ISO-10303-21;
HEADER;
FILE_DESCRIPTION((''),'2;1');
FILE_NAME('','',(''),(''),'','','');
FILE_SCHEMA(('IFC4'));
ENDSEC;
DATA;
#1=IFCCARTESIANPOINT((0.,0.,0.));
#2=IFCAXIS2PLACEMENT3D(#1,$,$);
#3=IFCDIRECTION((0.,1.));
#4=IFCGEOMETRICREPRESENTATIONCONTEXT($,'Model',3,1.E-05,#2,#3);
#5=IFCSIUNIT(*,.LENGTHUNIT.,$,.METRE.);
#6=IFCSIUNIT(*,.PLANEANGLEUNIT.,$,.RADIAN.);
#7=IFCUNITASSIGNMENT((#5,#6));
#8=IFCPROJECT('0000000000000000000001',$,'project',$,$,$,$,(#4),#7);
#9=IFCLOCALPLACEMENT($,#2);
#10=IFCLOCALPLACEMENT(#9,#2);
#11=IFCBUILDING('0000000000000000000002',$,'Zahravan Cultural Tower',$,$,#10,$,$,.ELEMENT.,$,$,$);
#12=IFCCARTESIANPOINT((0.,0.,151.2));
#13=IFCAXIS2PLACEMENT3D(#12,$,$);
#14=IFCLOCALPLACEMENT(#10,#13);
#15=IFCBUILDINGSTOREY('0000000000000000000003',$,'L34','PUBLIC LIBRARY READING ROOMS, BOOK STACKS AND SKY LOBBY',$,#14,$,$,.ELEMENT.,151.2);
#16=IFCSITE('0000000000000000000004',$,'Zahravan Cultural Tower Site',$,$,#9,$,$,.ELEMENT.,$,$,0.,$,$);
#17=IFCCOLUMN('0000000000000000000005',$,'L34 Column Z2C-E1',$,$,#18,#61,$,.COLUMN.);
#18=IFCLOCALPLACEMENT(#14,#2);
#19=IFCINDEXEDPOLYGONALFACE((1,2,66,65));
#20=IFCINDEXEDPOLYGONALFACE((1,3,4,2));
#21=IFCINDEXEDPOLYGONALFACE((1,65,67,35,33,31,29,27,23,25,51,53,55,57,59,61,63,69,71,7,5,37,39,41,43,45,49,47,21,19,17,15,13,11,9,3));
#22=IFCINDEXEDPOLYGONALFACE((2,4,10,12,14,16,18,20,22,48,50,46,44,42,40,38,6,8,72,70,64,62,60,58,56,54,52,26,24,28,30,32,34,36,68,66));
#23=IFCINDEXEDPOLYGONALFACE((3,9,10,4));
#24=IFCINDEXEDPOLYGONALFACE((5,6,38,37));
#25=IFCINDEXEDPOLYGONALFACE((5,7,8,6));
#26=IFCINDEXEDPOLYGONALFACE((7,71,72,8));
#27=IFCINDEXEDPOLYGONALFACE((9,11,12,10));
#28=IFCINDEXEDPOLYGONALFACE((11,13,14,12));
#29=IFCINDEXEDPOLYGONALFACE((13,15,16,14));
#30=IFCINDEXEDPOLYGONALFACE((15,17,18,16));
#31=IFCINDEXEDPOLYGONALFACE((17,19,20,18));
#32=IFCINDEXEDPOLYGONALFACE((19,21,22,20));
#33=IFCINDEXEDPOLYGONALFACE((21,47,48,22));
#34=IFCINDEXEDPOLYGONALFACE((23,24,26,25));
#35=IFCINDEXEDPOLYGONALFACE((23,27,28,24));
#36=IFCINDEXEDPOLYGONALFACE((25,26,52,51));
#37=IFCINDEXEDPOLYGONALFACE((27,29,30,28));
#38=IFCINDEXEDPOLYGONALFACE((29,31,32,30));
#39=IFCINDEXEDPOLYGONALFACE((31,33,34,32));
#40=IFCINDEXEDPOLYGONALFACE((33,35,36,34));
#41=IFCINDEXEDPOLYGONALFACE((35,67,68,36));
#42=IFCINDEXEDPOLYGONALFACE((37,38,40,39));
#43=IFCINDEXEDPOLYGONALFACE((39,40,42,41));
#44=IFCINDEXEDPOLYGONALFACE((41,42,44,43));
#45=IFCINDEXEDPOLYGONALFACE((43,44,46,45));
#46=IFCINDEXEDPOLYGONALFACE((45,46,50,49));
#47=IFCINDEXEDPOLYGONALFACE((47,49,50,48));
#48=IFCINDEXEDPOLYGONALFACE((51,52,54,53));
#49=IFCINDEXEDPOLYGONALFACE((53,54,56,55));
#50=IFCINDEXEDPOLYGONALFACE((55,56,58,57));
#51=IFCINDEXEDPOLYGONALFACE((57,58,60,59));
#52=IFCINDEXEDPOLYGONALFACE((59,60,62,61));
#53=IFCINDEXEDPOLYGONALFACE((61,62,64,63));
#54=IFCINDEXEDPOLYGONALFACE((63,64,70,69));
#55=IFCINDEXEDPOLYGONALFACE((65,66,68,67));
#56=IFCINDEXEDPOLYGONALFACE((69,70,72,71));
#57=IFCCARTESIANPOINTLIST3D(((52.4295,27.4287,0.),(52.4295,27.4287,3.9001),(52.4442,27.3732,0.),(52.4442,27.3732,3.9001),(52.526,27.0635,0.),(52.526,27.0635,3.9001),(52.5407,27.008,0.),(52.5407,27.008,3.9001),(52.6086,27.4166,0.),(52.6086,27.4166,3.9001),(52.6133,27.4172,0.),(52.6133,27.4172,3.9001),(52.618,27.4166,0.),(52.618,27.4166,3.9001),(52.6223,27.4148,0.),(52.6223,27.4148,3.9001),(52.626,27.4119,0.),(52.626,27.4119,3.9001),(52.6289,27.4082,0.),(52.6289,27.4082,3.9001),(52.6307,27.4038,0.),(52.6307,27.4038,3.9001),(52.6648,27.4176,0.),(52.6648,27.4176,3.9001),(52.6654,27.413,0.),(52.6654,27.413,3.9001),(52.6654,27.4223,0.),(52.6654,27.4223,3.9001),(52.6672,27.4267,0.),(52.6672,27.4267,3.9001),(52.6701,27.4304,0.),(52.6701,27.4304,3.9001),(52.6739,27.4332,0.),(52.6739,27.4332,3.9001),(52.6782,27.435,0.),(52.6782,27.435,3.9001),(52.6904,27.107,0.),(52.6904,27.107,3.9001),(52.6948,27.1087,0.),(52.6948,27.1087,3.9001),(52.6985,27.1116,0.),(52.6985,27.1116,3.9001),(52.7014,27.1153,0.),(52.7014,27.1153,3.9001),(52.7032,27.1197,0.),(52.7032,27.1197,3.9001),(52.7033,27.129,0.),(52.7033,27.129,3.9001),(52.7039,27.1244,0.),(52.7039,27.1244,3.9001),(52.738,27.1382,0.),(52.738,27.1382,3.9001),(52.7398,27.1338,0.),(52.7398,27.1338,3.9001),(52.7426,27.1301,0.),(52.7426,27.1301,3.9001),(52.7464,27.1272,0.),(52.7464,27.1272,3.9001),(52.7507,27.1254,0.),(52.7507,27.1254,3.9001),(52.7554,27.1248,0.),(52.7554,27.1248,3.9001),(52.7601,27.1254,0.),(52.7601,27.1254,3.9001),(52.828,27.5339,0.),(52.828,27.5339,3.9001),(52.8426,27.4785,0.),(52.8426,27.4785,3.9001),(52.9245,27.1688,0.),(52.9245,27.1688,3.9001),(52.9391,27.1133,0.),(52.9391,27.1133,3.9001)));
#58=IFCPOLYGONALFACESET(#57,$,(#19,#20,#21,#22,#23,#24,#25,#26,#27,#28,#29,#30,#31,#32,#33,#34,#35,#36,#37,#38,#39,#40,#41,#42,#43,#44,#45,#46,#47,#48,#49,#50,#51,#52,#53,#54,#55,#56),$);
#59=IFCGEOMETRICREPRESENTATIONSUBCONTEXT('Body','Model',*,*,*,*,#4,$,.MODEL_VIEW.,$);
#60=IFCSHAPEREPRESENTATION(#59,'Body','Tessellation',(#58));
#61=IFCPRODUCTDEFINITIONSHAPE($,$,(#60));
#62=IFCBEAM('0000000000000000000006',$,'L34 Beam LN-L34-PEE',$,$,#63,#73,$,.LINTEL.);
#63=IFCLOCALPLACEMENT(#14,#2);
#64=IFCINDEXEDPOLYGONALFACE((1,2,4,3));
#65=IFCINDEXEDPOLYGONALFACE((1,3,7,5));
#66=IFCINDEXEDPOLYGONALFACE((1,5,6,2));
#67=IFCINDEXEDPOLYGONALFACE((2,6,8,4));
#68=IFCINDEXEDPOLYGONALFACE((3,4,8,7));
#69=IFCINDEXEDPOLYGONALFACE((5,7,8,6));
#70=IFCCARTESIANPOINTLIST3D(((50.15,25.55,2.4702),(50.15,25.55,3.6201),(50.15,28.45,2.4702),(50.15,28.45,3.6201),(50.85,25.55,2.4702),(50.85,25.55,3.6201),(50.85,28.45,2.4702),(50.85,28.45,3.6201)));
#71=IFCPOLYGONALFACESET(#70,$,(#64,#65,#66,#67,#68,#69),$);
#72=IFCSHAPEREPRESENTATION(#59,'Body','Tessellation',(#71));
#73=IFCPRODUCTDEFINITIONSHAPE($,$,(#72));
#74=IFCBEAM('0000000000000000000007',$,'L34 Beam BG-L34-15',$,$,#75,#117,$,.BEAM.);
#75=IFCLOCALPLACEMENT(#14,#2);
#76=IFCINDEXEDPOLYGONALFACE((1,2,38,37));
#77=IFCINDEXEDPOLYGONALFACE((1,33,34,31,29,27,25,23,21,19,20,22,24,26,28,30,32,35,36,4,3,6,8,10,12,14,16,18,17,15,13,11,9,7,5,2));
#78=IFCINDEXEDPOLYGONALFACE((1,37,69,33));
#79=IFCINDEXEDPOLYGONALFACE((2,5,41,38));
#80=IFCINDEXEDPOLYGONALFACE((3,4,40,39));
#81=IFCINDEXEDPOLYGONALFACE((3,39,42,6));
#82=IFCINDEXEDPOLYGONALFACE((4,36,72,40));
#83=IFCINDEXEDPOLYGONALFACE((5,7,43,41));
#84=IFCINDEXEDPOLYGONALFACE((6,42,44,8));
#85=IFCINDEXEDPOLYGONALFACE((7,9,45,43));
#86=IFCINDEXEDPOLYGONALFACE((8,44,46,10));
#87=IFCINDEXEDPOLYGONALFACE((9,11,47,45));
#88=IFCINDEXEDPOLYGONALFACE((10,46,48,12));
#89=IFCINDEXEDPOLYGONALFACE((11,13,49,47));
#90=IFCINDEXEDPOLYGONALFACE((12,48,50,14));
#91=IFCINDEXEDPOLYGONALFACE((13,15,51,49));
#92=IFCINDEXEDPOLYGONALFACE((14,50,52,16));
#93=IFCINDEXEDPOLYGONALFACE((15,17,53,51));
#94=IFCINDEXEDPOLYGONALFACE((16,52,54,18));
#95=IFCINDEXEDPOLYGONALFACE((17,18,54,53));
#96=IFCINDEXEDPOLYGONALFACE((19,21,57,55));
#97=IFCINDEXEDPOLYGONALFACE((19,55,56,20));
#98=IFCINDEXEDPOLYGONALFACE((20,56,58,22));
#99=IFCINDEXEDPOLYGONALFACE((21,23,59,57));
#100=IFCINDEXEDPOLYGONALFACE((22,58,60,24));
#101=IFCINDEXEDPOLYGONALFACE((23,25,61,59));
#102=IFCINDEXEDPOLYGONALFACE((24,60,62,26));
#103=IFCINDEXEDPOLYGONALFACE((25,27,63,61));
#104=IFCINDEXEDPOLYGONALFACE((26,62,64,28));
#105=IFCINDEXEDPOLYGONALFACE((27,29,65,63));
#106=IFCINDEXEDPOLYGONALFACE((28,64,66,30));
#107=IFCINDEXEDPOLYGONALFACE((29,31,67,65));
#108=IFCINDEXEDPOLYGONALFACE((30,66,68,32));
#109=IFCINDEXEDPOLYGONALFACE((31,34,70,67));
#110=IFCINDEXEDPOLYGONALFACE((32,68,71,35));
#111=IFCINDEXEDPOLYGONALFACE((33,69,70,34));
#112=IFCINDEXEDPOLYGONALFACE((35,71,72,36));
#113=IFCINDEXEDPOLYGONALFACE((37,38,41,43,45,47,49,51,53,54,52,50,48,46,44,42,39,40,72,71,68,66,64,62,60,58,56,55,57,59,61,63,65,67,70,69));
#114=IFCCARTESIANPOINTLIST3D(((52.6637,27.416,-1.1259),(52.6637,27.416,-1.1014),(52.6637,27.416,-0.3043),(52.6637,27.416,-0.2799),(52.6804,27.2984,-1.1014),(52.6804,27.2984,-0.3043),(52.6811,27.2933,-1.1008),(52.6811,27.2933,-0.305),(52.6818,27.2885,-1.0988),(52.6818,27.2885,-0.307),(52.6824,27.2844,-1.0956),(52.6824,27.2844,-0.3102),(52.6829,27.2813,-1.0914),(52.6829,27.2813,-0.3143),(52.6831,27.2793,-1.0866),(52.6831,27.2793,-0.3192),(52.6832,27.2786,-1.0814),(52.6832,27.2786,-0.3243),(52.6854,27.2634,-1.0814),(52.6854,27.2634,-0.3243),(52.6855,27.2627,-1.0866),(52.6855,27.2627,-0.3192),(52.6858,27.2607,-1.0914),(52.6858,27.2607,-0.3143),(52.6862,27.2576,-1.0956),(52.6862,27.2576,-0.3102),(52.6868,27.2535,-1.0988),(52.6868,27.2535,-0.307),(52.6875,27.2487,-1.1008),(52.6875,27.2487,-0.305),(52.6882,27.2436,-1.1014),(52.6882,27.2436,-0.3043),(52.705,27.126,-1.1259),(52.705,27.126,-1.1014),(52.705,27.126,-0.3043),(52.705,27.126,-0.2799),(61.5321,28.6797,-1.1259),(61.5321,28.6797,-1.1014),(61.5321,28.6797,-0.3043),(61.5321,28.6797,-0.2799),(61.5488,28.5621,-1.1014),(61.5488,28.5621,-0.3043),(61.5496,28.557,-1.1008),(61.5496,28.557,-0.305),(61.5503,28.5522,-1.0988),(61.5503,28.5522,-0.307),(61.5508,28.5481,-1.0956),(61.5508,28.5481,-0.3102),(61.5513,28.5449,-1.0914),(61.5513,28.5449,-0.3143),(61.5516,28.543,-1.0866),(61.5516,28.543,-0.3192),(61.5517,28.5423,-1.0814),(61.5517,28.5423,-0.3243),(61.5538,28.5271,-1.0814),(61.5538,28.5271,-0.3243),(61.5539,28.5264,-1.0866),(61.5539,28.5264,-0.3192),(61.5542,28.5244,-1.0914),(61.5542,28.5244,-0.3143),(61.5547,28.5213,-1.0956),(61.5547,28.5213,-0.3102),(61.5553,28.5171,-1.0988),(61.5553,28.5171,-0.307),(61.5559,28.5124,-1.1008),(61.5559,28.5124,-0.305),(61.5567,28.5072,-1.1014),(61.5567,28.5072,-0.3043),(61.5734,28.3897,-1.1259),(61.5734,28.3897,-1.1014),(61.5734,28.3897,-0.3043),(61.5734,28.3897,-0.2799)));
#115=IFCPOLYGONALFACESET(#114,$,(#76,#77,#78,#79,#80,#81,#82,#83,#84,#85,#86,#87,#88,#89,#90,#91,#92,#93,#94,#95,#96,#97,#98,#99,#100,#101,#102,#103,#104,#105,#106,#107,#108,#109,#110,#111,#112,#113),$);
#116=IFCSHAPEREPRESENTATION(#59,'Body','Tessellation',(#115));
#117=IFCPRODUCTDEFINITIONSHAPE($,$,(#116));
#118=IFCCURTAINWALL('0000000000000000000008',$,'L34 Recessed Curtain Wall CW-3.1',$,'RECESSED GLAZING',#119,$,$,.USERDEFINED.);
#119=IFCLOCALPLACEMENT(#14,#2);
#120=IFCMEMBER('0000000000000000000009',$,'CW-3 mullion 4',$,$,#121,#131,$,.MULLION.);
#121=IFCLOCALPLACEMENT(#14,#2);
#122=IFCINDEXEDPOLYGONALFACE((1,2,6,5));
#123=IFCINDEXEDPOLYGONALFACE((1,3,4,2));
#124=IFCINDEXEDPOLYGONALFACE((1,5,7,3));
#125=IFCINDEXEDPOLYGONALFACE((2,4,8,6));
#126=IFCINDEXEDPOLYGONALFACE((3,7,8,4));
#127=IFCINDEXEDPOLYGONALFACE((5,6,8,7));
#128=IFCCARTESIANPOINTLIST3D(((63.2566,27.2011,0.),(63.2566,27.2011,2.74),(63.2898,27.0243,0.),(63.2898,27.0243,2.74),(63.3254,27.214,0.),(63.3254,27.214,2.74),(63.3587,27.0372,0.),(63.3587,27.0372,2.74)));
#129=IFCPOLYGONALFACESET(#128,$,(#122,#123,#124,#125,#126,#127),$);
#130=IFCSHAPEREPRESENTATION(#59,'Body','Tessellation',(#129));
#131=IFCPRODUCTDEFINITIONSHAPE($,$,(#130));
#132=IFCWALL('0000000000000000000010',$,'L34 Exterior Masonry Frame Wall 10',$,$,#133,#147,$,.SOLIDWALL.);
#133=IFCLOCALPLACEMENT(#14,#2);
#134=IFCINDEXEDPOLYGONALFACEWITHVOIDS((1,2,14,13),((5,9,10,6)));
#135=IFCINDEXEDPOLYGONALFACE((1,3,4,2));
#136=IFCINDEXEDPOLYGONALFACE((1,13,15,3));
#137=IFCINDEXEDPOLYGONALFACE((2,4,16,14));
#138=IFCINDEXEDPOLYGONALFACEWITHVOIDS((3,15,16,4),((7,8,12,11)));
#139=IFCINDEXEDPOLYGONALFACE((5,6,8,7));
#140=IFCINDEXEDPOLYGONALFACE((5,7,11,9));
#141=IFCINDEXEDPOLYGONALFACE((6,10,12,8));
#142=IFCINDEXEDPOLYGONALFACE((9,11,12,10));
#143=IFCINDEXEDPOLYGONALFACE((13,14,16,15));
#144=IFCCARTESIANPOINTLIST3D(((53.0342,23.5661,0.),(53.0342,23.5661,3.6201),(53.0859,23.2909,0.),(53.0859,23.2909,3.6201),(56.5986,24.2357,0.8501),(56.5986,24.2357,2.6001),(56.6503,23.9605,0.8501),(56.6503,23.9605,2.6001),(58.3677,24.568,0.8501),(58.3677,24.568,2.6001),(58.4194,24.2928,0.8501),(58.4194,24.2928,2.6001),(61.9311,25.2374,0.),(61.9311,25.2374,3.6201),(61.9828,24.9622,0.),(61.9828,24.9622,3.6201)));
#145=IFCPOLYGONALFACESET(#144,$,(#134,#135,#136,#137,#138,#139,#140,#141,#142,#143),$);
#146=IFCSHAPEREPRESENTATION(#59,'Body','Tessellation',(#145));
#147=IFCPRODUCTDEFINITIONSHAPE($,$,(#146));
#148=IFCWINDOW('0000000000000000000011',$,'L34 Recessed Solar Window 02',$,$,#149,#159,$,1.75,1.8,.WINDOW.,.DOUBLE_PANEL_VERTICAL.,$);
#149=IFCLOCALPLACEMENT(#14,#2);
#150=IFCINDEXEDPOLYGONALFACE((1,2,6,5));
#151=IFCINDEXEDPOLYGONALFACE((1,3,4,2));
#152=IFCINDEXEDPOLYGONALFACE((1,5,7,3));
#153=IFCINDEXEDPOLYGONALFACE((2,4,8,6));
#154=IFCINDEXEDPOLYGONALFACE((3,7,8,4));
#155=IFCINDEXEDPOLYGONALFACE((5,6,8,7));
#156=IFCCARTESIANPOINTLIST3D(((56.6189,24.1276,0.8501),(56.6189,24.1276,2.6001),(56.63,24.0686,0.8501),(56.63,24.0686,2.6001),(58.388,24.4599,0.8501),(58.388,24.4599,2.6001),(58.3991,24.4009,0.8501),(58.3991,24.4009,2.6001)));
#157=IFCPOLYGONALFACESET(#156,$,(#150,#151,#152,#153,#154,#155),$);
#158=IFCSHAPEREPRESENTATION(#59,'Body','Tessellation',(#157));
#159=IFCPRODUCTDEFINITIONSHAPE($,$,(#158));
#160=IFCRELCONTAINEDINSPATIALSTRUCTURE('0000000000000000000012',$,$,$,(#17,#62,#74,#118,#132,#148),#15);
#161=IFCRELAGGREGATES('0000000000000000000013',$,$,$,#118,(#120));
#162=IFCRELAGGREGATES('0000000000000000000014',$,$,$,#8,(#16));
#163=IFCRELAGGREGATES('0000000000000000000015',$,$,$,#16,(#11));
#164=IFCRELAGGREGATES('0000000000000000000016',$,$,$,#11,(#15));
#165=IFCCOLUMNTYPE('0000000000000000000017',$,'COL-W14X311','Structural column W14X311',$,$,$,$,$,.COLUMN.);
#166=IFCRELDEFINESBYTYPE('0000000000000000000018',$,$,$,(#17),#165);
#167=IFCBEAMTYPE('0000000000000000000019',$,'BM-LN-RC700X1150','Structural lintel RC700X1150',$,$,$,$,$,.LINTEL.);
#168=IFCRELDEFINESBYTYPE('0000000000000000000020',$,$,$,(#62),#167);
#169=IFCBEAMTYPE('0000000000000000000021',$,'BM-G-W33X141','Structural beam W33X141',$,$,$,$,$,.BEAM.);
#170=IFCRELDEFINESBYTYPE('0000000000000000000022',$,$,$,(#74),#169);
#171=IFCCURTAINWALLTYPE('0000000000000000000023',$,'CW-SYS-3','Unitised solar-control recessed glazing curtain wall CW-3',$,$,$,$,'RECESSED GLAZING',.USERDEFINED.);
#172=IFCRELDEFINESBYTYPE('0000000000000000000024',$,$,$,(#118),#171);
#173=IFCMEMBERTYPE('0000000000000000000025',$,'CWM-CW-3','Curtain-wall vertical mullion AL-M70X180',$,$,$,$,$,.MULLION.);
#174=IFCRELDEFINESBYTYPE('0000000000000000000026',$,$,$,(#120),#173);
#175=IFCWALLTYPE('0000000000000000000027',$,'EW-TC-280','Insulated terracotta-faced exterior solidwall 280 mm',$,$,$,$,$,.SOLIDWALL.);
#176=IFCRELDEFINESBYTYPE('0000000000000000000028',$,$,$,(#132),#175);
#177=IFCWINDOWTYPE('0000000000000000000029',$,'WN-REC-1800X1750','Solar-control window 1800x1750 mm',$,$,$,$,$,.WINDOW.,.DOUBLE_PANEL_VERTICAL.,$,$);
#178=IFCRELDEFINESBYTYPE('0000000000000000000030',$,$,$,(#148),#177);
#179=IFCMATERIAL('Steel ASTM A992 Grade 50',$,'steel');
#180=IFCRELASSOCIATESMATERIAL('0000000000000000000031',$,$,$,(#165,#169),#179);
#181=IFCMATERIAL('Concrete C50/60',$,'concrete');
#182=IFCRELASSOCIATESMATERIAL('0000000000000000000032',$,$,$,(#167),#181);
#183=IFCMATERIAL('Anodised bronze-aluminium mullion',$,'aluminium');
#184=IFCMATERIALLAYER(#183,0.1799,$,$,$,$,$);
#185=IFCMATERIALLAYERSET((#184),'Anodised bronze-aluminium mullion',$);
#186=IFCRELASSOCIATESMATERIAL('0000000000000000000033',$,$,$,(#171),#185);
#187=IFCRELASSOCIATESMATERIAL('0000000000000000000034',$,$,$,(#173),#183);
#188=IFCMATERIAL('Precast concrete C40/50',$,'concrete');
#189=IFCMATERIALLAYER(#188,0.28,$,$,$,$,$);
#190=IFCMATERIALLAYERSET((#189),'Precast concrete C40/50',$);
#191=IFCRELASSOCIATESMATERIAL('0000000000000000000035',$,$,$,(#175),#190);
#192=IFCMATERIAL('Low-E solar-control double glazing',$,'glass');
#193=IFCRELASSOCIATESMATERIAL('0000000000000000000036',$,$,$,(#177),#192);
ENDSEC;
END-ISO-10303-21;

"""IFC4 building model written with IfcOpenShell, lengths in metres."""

from ifc_helpers import new_model, si_unit, direction, frame, frame_2d, origin, origin_2d, place, context, subcontext, project, spatial, rectangle, i_section, extrude, source, transform, mapped, material, layer, layer_set, material_profile, profile_set, type_object, element, fill, aggregate, save


model = new_model("IFC4")

# Units and contexts
model_context = context("Model", 3, precision=1e-05, world=origin(), true_north=direction((0.0, 1.0)))
body_context = subcontext(model_context, "Body", "Model", "MODEL_VIEW")
ifc_project = project(units=[si_unit("LENGTHUNIT", "METRE"), si_unit("PLANEANGLEUNIT", "RADIAN")], contexts=[model_context])

# Site, building, storey
site_placement = place(None, origin())
site = spatial("IfcSite", under=ifc_project, at=site_placement, Name="Zahravan Cultural Tower Site", CompositionType="ELEMENT", RefElevation=0.0)
building_placement = place(site_placement, origin())
building = spatial("IfcBuilding", under=site, at=building_placement, Name="Zahravan Cultural Tower", CompositionType="ELEMENT")
storey_placement = place(building_placement, frame((0.0, 0.0, 151.2)))
storey = spatial("IfcBuildingStorey", under=building, at=storey_placement, Name="L34", Description="PUBLIC LIBRARY READING ROOMS, BOOK STACKS AND SKY LOBBY", CompositionType="ELEMENT", Elevation=151.2)

# Column
ifc_material_1 = material(Name="Steel ASTM A992 Grade 50", Category="steel")
ifc_material_profile_1 = material_profile(ifc_material_1, i_section(OverallWidth=0.4121, OverallDepth=0.4351, WebThickness=0.0359, FlangeThickness=0.0574, FilletRadius=0.0181, at=origin_2d()), Name="W14X311")
ifc_profile_set_1 = profile_set([ifc_material_profile_1], Name="Steel ASTM A992 Grade 50")
column_type = type_object("IfcColumnType", Name="COL-W14X311", Description="Structural column W14X311", PredefinedType="COLUMN", material=ifc_profile_set_1)
shared_shape_1 = source(origin(), body_context, "Body", "SweptSolid", [
    extrude(i_section(OverallWidth=0.4121, OverallDepth=0.4351, WebThickness=0.0359, FlangeThickness=0.0574, FilletRadius=0.0181, at=origin_2d()), origin(), (0.0, 0.0, 1.0), 3.9001),
])
column_placement = place(storey_placement, frame((52.6843, 27.271, 0.0), z_axis=(0.0, 0.0, 1.0), x_axis=(0.966823, 0.255446, 0.0)))
element("IfcColumn", 1, at=column_placement, inside=storey, type_object=column_type, Name="L34 Column Z2C-E1", PredefinedType="COLUMN", context=body_context, shape_type="MappedRepresentation", body=[
    mapped(shared_shape_1, transform((0.0, 0.0, 0.0), x_axis=(1.0, 0.0, 0.0), y_axis=(0.0, 1.0, 0.0), z_axis=(0.0, 0.0, 1.0), scale=1.0)),
])

# Beams
ifc_material_2 = material(Name="Concrete C50/60", Category="concrete")
ifc_material_profile_2 = material_profile(ifc_material_2, rectangle(XDim=0.7, YDim=1.1499, at=origin_2d()), Name="RC700X1150")
ifc_profile_set_2 = profile_set([ifc_material_profile_2], Name="Concrete C50/60")
beam_type_1 = type_object("IfcBeamType", Name="BM-LN-RC700X1150", Description="Structural lintel RC700X1150", PredefinedType="LINTEL", material=ifc_profile_set_2)
shared_shape_2 = source(origin(), body_context, "Body", "SweptSolid", [
    extrude(rectangle(XDim=0.7, YDim=1.1499, at=origin_2d()), origin(), (0.0, 0.0, 1.0), 2.8999),
])
beam_1_placement = place(storey_placement, frame((50.5, 25.55, 3.0452), z_axis=(0.0, 1.0, 0.0), x_axis=(-1.0, 0.0, 0.0)))
element("IfcBeam", 2, at=beam_1_placement, inside=storey, type_object=beam_type_1, Name="L34 Beam LN-L34-PEE", PredefinedType="LINTEL", context=body_context, shape_type="MappedRepresentation", body=[
    mapped(shared_shape_2, transform((0.0, 0.0, 0.0), x_axis=(1.0, 0.0, 0.0), y_axis=(0.0, 1.0, 0.0), z_axis=(0.0, 0.0, 1.0), scale=1.0)),
])
ifc_material_profile_3 = material_profile(ifc_material_1, i_section(OverallWidth=0.293, OverallDepth=0.8459, WebThickness=0.0154, FlangeThickness=0.0244, FilletRadius=0.02, at=origin_2d()), Name="W33X141")
ifc_profile_set_3 = profile_set([ifc_material_profile_3], Name="Steel ASTM A992 Grade 50")
beam_type_2 = type_object("IfcBeamType", Name="BM-G-W33X141", Description="Structural beam W33X141", PredefinedType="BEAM", material=ifc_profile_set_3)
shared_shape_3 = source(origin(), body_context, "Body", "SweptSolid", [
    extrude(i_section(OverallWidth=0.293, OverallDepth=0.8459, WebThickness=0.0154, FlangeThickness=0.0244, FilletRadius=0.02, at=origin_2d()), origin(), (0.0, 0.0, 1.0), 8.958),
])
beam_2_placement = place(storey_placement, frame((52.6843, 27.271, -0.7029), z_axis=(0.99, 0.141067, 0.0), x_axis=(-0.141067, 0.99, 0.0)))
element("IfcBeam", 3, at=beam_2_placement, inside=storey, type_object=beam_type_2, Name="L34 Beam BG-L34-15", PredefinedType="BEAM", context=body_context, shape_type="MappedRepresentation", body=[
    mapped(shared_shape_3, transform((0.0, 0.0, 0.0), x_axis=(1.0, 0.0, 0.0), y_axis=(0.0, 1.0, 0.0), z_axis=(0.0, 0.0, 1.0), scale=1.0)),
])

# Curtain wall, member
ifc_material_3 = material(Name="Anodised bronze-aluminium mullion", Category="aluminium")
ifc_layer_1 = layer(ifc_material_3, 0.1799)
ifc_layer_set_1 = layer_set([ifc_layer_1], Name="Anodised bronze-aluminium mullion")
curtain_wall_type = type_object("IfcCurtainWallType", Name="CW-SYS-3", Description="Unitised solar-control recessed glazing curtain wall CW-3", ElementType="RECESSED GLAZING", PredefinedType="USERDEFINED", material=ifc_layer_set_1)
curtain_wall_placement = place(storey_placement, origin())
curtain_wall = element("IfcCurtainWall", 4, at=curtain_wall_placement, inside=storey, type_object=curtain_wall_type, Name="L34 Recessed Curtain Wall CW-3.1", ObjectType="RECESSED GLAZING", PredefinedType="USERDEFINED")
ifc_material_profile_4 = material_profile(ifc_material_3, rectangle(XDim=0.0701, YDim=0.1799, at=origin_2d()), Name="AL-M70X180")
ifc_profile_set_4 = profile_set([ifc_material_profile_4], Name="Anodised bronze-aluminium mullion")
member_type = type_object("IfcMemberType", Name="CWM-CW-3", Description="Curtain-wall vertical mullion AL-M70X180", PredefinedType="MULLION", material=ifc_profile_set_4)
shared_shape_4 = source(origin(), body_context, "Body", "SweptSolid", [
    extrude(rectangle(XDim=0.0701, YDim=0.1799, at=origin_2d()), origin(), (0.0, 0.0, 1.0), 2.74),
])
member_placement = place(storey_placement, frame((63.3076, 27.1191, 0.0), z_axis=(0.0, 0.0, 1.0), x_axis=(0.982807, 0.184638, 0.0)))
member = element("IfcMember", 5, at=member_placement, type_object=member_type, Name="CW-3 mullion 4", PredefinedType="MULLION", context=body_context, shape_type="MappedRepresentation", body=[
    mapped(shared_shape_4, transform((0.0, 0.0, 0.0), x_axis=(1.0, 0.0, 0.0), y_axis=(0.0, 1.0, 0.0), z_axis=(0.0, 0.0, 1.0), scale=1.0)),
])
aggregate(curtain_wall, [member])

# Wall, opening, window
ifc_material_4 = material(Name="Precast concrete C40/50", Category="concrete")
ifc_layer_2 = layer(ifc_material_4, 0.28)
ifc_layer_set_2 = layer_set([ifc_layer_2], Name="Precast concrete C40/50")
wall_type_1 = type_object("IfcWallType", Name="EW-TC-280", Description="Insulated terracotta-faced exterior solidwall 280 mm", PredefinedType="SOLIDWALL", material=ifc_layer_set_2)
wall_1_placement = place(storey_placement, frame((61.957, 25.0999, 0.0), z_axis=(0.0, 0.0, 1.0), x_axis=(-0.982808, -0.18463, 0.0)))
wall_1 = element("IfcWall", 6, at=wall_1_placement, inside=storey, type_object=wall_type_1, Name="L34 Exterior Masonry Frame Wall 10", PredefinedType="SOLIDWALL", context=body_context, shape_type="SweptSolid", body=[
    extrude(rectangle(XDim=9.0525, YDim=0.28, at=frame_2d((4.5264, 0.0))), origin(), (0.0, 0.0, 1.0), 3.6201),
])
opening_placement = place(wall_1_placement, frame((3.626, 0.0, 0.8501)))
opening = element("IfcOpeningElement", 7, at=opening_placement, cuts=wall_1, PredefinedType="OPENING", context=body_context, shape_type="SweptSolid", body=[
    extrude(rectangle(XDim=1.8, YDim=1.75, at=frame_2d((0.8999, 0.875))), frame((0.0, 0.1499, 0.0), z_axis=(0.0, -1.0, 0.0), x_axis=(1.0, 0.0, 0.0)), (0.0, 0.0, 1.0), 0.3),
])
ifc_material_5 = material(Name="Low-E solar-control double glazing", Category="glass")
window_type = type_object("IfcWindowType", Name="WN-REC-1800X1750", Description="Solar-control window 1800x1750 mm", PartitioningType="DOUBLE_PANEL_VERTICAL", PredefinedType="WINDOW", material=ifc_material_5)
shared_shape_5 = source(origin(), body_context, "Body", "SweptSolid", [
    extrude(rectangle(XDim=1.8, YDim=1.75, at=frame_2d((0.8999, 0.875))), frame((0.0, 0.03, 0.0), z_axis=(0.0, -1.0, 0.0), x_axis=(1.0, 0.0, 0.0)), (0.0, 0.0, 1.0), 0.0601),
])
window_placement = place(opening_placement, origin())
window = element("IfcWindow", 8, at=window_placement, inside=storey, type_object=window_type, Name="L34 Recessed Solar Window 02", OverallHeight=1.75, OverallWidth=1.8, PartitioningType="DOUBLE_PANEL_VERTICAL", PredefinedType="WINDOW", context=body_context, shape_type="MappedRepresentation", body=[
    mapped(shared_shape_5, transform((0.0, 0.0, 0.0), x_axis=(1.0, 0.0, 0.0), y_axis=(0.0, 1.0, 0.0), z_axis=(0.0, 0.0, 1.0), scale=1.0)),
])
fill(opening, window)

save(model, "model.ifc")
